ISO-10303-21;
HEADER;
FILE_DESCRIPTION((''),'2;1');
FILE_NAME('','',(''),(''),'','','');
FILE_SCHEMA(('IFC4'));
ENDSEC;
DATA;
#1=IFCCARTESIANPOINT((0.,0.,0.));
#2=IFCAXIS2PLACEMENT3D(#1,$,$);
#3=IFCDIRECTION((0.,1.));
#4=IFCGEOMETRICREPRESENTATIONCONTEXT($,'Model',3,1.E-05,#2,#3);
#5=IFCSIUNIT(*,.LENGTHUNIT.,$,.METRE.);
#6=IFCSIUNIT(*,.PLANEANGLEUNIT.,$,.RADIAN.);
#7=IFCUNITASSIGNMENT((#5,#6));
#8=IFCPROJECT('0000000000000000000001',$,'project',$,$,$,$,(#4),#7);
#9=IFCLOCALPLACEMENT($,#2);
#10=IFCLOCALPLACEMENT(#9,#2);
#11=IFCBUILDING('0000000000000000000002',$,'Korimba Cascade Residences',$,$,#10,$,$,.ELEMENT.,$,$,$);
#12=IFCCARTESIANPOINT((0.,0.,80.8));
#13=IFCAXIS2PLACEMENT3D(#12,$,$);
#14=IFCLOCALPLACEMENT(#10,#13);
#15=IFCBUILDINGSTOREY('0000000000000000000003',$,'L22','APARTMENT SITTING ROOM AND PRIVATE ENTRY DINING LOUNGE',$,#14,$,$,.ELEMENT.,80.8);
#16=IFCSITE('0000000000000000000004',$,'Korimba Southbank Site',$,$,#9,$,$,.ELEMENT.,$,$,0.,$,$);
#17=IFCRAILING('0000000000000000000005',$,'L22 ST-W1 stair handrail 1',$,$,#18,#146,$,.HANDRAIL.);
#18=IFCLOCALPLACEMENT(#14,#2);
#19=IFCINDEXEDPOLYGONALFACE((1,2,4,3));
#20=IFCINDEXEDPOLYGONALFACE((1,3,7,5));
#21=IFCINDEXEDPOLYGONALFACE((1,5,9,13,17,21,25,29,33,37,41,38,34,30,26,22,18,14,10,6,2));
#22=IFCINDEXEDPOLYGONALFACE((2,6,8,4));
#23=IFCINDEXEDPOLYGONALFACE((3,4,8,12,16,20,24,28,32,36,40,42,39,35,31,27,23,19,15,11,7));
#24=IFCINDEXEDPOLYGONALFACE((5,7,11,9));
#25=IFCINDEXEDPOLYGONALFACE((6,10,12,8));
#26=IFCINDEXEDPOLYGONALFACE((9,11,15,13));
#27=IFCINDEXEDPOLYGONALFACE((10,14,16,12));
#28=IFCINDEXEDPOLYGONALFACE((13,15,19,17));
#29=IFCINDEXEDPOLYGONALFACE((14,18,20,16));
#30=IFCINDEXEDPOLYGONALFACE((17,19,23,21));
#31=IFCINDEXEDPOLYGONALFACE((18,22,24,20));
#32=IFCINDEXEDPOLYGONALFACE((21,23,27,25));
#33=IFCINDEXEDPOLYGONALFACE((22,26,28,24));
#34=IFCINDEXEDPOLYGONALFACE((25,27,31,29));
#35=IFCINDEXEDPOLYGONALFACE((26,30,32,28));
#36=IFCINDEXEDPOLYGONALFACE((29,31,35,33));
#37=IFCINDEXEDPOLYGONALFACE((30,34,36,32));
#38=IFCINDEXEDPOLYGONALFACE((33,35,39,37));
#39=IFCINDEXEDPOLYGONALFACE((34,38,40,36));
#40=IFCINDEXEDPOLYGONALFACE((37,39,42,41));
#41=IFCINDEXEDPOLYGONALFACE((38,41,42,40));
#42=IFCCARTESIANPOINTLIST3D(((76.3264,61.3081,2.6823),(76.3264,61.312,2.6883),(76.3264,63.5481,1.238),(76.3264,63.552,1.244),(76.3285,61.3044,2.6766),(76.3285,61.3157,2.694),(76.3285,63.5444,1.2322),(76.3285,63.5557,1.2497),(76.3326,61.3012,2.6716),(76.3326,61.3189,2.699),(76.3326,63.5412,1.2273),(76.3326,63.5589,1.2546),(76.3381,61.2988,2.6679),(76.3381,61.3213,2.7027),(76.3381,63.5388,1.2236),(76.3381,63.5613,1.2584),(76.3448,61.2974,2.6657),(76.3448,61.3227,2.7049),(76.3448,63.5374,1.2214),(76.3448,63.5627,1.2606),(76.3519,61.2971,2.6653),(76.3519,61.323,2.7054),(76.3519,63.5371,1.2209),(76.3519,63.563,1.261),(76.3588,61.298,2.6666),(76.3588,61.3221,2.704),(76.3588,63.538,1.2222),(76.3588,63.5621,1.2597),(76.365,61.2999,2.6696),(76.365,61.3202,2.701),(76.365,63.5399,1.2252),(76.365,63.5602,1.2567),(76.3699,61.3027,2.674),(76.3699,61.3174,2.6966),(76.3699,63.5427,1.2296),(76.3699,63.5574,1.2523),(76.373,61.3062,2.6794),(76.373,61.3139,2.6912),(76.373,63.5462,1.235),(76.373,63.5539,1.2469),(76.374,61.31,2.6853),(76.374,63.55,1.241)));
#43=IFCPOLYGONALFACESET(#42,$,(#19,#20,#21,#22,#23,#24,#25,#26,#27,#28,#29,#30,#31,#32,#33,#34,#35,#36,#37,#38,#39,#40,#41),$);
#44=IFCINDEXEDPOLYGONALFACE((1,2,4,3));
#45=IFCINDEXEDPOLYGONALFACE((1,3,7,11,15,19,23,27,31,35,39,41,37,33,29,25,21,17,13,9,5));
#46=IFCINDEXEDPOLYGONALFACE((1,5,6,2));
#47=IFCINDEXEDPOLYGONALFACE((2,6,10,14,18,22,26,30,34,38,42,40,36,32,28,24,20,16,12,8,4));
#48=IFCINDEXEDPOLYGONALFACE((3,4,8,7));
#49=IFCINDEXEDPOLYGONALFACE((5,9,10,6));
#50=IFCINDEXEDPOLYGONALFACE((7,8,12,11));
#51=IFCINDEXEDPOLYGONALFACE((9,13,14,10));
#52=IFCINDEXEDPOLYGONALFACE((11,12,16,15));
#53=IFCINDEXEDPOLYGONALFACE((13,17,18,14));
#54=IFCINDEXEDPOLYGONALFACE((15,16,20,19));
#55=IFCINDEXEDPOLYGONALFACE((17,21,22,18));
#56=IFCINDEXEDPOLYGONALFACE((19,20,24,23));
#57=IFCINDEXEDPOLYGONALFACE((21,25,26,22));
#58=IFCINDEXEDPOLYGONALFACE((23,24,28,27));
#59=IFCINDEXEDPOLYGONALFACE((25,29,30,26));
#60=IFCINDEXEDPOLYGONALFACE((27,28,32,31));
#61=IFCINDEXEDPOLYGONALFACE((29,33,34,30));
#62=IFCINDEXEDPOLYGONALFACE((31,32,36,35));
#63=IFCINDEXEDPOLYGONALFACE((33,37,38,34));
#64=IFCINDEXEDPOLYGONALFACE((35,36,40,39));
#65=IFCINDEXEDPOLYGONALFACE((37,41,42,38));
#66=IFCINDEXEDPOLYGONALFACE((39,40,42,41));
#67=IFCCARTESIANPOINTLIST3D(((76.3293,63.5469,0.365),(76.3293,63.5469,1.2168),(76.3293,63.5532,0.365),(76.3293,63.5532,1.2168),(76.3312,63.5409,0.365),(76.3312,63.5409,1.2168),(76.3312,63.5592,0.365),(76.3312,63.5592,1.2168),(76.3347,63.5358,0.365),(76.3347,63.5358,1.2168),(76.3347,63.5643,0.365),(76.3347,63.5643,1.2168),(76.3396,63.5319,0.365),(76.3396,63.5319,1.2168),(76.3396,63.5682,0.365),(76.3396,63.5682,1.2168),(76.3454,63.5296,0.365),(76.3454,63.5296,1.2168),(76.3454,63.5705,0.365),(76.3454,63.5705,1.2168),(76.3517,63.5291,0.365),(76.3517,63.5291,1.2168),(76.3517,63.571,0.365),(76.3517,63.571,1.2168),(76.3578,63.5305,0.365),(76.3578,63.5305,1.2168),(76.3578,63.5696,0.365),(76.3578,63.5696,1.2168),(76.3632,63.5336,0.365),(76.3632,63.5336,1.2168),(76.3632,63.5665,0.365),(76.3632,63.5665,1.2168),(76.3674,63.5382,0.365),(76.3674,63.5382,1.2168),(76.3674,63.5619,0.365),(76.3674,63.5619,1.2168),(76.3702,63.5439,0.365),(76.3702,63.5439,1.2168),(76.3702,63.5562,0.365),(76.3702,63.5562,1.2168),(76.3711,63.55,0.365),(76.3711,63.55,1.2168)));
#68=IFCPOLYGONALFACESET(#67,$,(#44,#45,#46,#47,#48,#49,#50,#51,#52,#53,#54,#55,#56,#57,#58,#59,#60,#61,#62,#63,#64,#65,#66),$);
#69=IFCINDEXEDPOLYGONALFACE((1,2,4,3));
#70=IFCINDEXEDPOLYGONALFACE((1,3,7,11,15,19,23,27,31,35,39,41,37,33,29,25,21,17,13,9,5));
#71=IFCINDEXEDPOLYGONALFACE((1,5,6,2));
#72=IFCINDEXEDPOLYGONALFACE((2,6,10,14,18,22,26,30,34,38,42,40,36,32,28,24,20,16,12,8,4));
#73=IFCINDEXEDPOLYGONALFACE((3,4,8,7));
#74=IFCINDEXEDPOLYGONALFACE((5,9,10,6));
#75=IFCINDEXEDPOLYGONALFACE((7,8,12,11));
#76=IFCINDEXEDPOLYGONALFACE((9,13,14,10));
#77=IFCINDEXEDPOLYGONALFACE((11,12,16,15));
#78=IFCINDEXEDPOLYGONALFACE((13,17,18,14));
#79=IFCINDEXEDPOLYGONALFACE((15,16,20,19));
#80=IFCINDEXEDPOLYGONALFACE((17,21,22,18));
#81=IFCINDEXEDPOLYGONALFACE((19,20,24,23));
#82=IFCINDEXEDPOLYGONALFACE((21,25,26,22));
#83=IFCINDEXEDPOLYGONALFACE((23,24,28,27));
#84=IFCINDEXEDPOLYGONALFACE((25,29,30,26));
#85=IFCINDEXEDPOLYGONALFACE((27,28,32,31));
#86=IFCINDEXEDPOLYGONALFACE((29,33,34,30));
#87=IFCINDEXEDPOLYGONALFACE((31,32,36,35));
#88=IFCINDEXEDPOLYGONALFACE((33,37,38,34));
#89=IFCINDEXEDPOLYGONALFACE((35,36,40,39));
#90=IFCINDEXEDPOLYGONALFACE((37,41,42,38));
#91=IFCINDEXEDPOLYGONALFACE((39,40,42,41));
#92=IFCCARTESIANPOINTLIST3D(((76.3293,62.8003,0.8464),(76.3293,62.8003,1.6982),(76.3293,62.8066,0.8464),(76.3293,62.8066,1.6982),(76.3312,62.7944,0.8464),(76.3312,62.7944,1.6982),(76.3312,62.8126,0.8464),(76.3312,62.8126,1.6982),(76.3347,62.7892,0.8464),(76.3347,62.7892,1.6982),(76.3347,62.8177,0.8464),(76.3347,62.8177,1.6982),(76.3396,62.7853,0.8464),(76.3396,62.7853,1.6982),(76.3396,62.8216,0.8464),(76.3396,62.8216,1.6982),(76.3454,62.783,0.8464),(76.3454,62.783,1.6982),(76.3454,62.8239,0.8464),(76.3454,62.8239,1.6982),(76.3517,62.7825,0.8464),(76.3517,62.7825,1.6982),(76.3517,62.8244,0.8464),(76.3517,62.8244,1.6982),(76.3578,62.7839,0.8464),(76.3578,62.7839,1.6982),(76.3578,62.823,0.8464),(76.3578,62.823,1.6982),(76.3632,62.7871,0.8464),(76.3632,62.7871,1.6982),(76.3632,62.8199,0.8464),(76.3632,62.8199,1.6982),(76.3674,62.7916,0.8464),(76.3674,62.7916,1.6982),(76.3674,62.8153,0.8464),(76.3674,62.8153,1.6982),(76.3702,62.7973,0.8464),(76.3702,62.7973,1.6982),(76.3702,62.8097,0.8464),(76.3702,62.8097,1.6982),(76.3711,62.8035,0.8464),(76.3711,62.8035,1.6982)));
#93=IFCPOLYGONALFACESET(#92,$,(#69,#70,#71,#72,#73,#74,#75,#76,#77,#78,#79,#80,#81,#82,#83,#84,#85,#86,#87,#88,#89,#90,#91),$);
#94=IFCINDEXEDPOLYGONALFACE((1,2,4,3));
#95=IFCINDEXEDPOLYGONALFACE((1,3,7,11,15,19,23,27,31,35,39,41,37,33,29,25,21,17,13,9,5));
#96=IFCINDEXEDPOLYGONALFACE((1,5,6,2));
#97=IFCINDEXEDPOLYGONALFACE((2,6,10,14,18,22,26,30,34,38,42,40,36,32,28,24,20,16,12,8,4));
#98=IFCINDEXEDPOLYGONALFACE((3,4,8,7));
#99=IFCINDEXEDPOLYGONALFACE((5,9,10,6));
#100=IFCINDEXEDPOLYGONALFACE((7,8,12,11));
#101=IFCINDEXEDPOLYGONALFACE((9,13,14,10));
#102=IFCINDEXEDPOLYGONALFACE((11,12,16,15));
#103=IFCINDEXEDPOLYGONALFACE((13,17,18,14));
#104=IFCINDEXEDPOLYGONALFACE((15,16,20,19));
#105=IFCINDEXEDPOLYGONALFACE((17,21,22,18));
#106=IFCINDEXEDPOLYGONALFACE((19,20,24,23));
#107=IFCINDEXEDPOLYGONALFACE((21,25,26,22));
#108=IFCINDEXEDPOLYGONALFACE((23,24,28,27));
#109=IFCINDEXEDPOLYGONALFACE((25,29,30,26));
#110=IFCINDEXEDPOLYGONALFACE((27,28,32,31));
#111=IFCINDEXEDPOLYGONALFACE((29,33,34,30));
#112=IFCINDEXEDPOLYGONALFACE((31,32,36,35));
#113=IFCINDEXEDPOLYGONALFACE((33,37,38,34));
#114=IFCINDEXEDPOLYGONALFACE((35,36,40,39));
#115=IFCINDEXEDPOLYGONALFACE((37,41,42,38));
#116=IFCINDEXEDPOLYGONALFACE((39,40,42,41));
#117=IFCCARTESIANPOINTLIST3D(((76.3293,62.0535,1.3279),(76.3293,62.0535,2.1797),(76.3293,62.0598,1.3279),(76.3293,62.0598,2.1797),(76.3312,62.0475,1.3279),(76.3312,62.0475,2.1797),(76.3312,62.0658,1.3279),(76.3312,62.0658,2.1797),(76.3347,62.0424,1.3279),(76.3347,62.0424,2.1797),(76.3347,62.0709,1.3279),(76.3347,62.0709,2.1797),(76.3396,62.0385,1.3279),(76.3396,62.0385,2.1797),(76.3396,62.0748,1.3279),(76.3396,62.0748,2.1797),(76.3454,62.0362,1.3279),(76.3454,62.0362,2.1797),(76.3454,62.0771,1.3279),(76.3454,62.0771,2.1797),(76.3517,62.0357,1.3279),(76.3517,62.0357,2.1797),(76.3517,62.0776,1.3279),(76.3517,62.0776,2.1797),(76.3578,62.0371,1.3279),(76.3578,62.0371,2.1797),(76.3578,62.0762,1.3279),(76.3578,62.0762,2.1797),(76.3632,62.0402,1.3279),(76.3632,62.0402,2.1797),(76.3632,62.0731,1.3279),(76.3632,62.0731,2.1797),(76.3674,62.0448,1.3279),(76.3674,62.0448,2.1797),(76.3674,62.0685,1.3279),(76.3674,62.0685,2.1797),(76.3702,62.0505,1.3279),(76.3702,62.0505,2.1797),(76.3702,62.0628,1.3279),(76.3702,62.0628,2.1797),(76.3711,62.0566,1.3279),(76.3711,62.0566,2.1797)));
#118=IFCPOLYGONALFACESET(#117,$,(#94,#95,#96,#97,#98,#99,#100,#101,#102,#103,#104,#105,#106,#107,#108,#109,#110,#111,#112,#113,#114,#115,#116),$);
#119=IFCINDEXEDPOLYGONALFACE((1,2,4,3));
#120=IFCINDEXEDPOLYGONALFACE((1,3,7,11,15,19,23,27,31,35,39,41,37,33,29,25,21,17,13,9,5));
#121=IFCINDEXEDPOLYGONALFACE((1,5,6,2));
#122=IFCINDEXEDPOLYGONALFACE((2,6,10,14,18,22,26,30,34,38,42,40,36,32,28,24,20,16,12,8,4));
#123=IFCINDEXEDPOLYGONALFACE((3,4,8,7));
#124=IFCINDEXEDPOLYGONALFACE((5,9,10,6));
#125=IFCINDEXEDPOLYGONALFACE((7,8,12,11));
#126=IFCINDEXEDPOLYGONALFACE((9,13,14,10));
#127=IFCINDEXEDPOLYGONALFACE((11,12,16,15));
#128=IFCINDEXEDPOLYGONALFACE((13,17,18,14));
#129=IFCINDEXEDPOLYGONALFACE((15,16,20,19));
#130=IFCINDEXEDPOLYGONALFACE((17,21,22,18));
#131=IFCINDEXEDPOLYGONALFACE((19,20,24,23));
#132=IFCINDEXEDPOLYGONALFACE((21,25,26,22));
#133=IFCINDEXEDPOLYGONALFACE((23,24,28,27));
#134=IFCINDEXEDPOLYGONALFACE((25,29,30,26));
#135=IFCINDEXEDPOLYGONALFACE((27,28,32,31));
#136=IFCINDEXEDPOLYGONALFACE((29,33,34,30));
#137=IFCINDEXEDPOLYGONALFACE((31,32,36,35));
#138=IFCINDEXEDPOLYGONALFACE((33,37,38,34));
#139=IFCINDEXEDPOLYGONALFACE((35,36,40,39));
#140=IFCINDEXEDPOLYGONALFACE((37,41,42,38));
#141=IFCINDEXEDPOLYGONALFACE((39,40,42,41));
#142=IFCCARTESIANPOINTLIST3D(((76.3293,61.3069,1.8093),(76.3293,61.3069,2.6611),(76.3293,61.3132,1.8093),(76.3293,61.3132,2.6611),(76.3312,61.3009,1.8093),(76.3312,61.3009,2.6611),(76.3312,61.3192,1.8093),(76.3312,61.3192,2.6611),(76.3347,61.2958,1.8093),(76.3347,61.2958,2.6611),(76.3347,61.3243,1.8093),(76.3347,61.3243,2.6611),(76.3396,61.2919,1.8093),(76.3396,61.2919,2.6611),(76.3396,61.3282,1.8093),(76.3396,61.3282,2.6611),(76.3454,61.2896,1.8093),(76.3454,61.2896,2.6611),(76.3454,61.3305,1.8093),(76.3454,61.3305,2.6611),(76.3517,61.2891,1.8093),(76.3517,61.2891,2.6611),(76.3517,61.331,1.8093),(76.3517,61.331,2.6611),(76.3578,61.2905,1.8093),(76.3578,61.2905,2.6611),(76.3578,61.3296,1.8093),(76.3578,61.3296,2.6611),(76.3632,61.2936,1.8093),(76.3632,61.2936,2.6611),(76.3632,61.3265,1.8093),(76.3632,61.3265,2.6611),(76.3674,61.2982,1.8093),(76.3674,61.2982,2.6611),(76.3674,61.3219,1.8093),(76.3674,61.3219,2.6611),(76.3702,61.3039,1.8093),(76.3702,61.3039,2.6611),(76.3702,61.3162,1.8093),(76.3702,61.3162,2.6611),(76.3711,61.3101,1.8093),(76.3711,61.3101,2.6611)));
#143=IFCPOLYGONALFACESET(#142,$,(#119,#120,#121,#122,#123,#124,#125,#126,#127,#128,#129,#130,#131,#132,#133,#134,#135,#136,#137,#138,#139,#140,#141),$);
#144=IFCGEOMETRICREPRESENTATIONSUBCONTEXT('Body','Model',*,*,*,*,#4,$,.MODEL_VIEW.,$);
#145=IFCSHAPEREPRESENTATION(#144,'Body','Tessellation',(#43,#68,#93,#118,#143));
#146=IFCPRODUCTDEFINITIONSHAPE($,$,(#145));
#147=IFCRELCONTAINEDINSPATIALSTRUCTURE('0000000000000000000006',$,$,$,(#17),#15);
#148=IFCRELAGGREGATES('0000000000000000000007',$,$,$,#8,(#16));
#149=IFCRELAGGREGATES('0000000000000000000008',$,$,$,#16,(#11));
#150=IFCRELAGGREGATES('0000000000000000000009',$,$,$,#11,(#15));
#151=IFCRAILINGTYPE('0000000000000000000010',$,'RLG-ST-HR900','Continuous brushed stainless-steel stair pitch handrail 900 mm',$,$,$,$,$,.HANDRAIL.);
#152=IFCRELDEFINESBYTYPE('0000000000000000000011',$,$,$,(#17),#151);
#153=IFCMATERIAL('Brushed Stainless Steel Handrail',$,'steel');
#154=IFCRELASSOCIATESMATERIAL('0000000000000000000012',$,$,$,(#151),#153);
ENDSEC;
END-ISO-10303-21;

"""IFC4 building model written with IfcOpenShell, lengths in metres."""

from ifc_helpers import new_model, si_unit, direction, frame, origin, origin_2d, place, context, subcontext, project, spatial, circle, extrude, material, type_object, element, save


model = new_model("IFC4")

# Units and contexts
model_context = context("Model", 3, precision=1e-05, world=origin(), true_north=direction((0.0, 1.0)))
body_context = subcontext(model_context, "Body", "Model", "MODEL_VIEW")
ifc_project = project(units=[si_unit("LENGTHUNIT", "METRE"), si_unit("PLANEANGLEUNIT", "RADIAN")], contexts=[model_context])

# Site, building, storey
site_placement = place(None, origin())
site = spatial("IfcSite", under=ifc_project, at=site_placement, Name="Korimba Southbank Site", CompositionType="ELEMENT", RefElevation=0.0)
building_placement = place(site_placement, origin())
building = spatial("IfcBuilding", under=site, at=building_placement, Name="Korimba Cascade Residences", CompositionType="ELEMENT")
storey_placement = place(building_placement, frame((0.0, 0.0, 80.8)))
storey = spatial("IfcBuildingStorey", under=building, at=storey_placement, Name="L22", Description="APARTMENT SITTING ROOM AND PRIVATE ENTRY DINING LOUNGE", CompositionType="ELEMENT", Elevation=80.8)

# Railing
ifc_material_1 = material(Name="Brushed Stainless Steel Handrail", Category="steel")
railing_type_1 = type_object("IfcRailingType", Name="RLG-ST-HR900", Description="Continuous brushed stainless-steel stair pitch handrail 900 mm", PredefinedType="HANDRAIL", material=ifc_material_1)
railing_1_placement = place(storey_placement, frame((76.3501, 63.55, 0.365)))
element("IfcRailing", 1, at=railing_1_placement, inside=storey, type_object=railing_type_1, Name="L22 ST-W1 stair handrail 1", PredefinedType="HANDRAIL", context=body_context, shape_type="SweptSolid", body=[
    extrude(circle(Radius=0.0239, at=origin_2d()), frame((0.0, 0.0, 0.876), z_axis=(0.0, -0.840437, 0.54191), x_axis=(1.0, 0.0, 0.0)), (0.0, 0.0, 1.0), 2.6653),
    extrude(circle(Radius=0.021, at=origin_2d()), origin(), (0.0, 0.0, 1.0), 0.8518),
    extrude(circle(Radius=0.021, at=origin_2d()), frame((0.0, -0.7466, 0.4814)), (0.0, 0.0, 1.0), 0.8518),
    extrude(circle(Radius=0.021, at=origin_2d()), frame((0.0, -1.4934, 0.9629)), (0.0, 0.0, 1.0), 0.8518),
    extrude(circle(Radius=0.021, at=origin_2d()), frame((0.0, -2.24, 1.4443)), (0.0, 0.0, 1.0), 0.8518),
])

save(model, "model.ifc")
